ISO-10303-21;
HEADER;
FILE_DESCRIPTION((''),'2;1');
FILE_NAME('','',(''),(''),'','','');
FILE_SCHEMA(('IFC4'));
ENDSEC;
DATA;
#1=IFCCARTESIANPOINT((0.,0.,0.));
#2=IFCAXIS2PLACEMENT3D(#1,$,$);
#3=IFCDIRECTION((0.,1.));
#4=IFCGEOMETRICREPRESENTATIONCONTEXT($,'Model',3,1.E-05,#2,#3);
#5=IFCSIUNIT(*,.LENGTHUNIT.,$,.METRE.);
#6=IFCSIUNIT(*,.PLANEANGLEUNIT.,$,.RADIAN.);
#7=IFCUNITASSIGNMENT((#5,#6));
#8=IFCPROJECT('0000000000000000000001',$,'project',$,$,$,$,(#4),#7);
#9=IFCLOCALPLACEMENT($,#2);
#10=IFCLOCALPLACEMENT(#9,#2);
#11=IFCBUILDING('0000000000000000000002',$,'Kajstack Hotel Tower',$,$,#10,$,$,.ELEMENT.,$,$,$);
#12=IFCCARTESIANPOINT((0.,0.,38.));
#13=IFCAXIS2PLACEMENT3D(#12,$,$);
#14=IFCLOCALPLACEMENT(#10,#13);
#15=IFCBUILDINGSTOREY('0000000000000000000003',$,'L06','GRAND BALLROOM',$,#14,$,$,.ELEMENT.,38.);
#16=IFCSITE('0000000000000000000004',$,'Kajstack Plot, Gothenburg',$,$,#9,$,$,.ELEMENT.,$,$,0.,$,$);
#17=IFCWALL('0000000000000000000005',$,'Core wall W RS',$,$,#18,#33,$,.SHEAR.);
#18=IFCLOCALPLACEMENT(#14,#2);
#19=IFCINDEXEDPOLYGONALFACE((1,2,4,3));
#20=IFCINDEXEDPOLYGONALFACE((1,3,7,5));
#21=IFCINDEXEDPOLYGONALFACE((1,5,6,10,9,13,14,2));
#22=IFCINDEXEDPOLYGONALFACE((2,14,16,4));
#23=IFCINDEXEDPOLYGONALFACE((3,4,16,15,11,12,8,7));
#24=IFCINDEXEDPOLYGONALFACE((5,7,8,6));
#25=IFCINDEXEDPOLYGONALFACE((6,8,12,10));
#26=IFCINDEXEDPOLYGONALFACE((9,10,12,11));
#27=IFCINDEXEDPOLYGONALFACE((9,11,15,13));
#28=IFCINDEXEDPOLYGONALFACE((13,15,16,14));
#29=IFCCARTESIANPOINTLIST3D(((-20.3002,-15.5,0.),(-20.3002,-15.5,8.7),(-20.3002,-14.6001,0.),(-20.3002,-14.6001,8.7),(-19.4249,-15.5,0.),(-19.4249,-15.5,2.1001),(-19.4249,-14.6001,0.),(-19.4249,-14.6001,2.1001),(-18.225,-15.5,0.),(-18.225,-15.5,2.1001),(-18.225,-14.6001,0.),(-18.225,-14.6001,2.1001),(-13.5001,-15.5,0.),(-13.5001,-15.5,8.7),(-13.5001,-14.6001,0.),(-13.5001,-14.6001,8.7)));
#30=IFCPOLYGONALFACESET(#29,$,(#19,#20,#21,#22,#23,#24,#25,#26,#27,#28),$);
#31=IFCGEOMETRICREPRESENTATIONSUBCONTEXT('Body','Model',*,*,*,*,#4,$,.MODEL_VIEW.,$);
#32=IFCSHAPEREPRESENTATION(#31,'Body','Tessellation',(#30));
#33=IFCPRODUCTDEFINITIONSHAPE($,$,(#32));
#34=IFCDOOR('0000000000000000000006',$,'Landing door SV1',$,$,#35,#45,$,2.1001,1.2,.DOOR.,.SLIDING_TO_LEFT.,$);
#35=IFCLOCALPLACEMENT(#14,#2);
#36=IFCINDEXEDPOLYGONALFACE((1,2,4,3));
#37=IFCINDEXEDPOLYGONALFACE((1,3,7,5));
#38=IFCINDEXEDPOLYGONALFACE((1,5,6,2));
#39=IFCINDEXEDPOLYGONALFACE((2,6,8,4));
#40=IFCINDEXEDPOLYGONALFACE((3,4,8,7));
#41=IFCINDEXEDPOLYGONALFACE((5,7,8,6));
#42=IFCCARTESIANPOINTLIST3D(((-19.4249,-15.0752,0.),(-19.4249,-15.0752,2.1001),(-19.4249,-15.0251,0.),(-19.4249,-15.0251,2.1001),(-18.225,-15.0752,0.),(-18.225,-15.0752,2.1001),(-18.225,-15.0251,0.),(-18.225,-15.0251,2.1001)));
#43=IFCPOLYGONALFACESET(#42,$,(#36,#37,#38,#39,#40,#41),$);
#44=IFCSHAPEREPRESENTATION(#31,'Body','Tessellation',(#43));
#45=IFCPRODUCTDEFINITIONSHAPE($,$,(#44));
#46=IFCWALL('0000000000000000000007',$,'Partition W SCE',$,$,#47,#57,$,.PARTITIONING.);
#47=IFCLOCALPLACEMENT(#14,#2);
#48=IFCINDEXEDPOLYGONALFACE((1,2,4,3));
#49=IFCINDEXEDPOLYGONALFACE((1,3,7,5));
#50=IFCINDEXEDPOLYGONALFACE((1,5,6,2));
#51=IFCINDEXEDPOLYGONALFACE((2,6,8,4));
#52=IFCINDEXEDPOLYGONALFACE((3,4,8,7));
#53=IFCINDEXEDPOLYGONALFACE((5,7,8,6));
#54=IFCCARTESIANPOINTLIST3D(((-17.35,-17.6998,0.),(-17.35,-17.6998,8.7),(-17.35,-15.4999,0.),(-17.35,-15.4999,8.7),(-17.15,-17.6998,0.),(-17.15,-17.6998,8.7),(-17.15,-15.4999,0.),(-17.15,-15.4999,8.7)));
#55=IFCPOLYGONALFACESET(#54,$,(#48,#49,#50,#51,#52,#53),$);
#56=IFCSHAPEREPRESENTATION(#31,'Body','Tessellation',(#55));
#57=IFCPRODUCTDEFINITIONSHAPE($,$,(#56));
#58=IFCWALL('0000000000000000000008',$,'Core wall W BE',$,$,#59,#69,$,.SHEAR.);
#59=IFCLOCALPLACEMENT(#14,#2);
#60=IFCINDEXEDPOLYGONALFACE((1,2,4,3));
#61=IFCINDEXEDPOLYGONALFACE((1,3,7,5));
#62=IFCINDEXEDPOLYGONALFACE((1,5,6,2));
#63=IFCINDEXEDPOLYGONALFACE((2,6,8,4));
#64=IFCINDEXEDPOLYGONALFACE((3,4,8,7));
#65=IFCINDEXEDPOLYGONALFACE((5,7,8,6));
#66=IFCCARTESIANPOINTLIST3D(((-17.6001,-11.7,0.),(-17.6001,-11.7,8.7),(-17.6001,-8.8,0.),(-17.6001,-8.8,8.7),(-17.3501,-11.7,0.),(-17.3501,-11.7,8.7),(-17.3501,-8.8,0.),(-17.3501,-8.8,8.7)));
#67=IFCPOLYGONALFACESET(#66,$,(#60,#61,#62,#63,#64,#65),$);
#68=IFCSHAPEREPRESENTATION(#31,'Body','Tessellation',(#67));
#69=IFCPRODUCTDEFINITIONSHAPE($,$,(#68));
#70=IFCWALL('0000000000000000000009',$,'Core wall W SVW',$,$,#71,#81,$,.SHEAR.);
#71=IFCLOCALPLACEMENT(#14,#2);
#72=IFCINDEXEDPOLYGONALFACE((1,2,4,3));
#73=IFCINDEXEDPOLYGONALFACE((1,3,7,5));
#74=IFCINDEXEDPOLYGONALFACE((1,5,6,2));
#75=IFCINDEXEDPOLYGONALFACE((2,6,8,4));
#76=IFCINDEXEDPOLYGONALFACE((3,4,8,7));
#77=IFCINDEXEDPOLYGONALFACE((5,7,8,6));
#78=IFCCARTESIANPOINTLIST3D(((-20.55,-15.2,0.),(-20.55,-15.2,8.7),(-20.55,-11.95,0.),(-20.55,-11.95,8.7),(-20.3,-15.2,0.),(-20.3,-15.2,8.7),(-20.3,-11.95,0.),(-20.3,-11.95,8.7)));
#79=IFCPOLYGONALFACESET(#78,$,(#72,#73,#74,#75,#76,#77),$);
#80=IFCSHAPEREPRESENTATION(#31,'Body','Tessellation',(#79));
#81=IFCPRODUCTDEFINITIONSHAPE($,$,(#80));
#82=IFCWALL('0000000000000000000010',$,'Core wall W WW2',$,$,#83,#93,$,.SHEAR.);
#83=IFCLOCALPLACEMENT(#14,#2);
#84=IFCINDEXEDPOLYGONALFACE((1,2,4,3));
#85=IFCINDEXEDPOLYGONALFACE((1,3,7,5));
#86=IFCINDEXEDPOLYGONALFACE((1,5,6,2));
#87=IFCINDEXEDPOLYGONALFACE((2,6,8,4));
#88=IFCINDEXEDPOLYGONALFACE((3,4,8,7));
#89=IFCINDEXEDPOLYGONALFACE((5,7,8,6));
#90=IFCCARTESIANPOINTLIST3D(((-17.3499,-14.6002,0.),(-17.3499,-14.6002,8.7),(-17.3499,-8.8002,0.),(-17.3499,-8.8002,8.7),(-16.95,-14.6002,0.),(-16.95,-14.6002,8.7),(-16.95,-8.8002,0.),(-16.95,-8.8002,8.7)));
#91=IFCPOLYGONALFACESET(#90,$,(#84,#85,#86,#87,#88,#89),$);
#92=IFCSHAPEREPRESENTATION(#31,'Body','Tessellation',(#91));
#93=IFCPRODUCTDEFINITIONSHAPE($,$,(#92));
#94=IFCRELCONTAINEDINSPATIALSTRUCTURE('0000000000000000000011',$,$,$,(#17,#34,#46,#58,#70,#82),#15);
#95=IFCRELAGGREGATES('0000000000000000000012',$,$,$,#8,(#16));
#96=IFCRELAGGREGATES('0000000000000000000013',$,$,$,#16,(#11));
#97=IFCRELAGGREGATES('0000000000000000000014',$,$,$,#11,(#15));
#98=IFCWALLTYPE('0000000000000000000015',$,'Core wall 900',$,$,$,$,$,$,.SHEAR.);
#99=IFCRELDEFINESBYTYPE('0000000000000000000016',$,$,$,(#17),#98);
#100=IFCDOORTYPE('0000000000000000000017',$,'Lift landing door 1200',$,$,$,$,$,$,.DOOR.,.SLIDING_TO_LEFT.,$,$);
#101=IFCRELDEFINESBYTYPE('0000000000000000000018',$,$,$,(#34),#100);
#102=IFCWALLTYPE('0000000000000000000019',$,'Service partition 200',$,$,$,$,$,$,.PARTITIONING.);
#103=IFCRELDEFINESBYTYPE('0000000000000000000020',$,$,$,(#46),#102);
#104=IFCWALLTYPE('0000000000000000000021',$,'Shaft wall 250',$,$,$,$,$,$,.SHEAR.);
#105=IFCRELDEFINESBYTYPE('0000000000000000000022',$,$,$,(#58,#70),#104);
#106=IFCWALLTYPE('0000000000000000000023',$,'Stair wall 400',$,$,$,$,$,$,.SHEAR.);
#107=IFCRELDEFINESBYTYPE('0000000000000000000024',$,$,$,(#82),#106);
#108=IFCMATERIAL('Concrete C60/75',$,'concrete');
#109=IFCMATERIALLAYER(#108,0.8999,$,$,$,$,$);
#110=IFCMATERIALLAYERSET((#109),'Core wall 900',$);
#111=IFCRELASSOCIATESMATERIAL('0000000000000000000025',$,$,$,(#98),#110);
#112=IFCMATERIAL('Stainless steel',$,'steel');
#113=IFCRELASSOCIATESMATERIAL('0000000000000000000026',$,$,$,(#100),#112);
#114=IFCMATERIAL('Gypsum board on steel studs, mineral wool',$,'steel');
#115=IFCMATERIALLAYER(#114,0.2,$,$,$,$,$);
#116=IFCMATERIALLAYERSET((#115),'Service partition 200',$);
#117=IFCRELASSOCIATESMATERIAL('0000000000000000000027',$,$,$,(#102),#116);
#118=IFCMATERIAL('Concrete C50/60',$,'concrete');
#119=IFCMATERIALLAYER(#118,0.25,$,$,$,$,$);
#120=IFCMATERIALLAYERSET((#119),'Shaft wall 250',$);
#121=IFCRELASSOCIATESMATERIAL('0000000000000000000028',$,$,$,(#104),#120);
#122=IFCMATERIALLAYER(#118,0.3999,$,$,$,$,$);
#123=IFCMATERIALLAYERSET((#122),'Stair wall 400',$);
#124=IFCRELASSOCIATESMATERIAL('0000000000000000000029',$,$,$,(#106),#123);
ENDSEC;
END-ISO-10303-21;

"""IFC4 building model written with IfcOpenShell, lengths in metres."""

from ifc_helpers import new_model, si_unit, direction, frame, frame_2d, origin, place, context, subcontext, project, spatial, rectangle, extrude, material, layer, layer_set, type_object, element, fill, save


model = new_model("IFC4")

# Units and contexts
model_context = context("Model", 3, precision=1e-05, world=origin(), true_north=direction((0.0, 1.0)))
body_context = subcontext(model_context, "Body", "Model", "MODEL_VIEW")
ifc_project = project(units=[si_unit("LENGTHUNIT", "METRE"), si_unit("PLANEANGLEUNIT", "RADIAN")], contexts=[model_context])

# Site, building, storey
site_placement = place(None, origin())
site = spatial("IfcSite", under=ifc_project, at=site_placement, Name="Kajstack Plot, Gothenburg", CompositionType="ELEMENT", RefElevation=0.0)
building_placement = place(site_placement, origin())
building = spatial("IfcBuilding", under=site, at=building_placement, Name="Kajstack Hotel Tower", CompositionType="ELEMENT")
storey_placement = place(building_placement, frame((0.0, 0.0, 38.0)))
storey = spatial("IfcBuildingStorey", under=building, at=storey_placement, Name="L06", Description="GRAND BALLROOM", CompositionType="ELEMENT", Elevation=38.0)

# Wall, opening, door
ifc_material_1 = material(Name="Concrete C60/75", Category="concrete")
ifc_layer_1 = layer(ifc_material_1, 0.8999)
ifc_layer_set_1 = layer_set([ifc_layer_1], Name="Core wall 900")
wall_type_1 = type_object("IfcWallType", Name="Core wall 900", PredefinedType="SHEAR", material=ifc_layer_set_1)
wall_1_placement = place(storey_placement, frame((-20.3, -15.05, 0.0), z_axis=(0.0, 0.0, 1.0), x_axis=(1.0, 0.0, 0.0)))
wall_1 = element("IfcWall", 1, at=wall_1_placement, inside=storey, type_object=wall_type_1, Name="Core wall W RS", PredefinedType="SHEAR", context=body_context, shape_type="SweptSolid", body=[
    extrude(rectangle(XDim=6.8, YDim=0.8999, at=frame_2d((3.3999, 0.0))), origin(), (0.0, 0.0, 1.0), 8.7),
])
opening_placement = place(wall_1_placement, frame((0.875, 0.0, 0.0)))
opening = element("IfcOpeningElement", 2, at=opening_placement, cuts=wall_1, PredefinedType="OPENING", context=body_context, shape_type="SweptSolid", body=[
    extrude(rectangle(XDim=1.2, YDim=2.1001, at=frame_2d((0.6001, 1.05))), frame((0.0, 0.46, 0.0), z_axis=(0.0, -1.0, 0.0), x_axis=(1.0, 0.0, 0.0)), (0.0, 0.0, 1.0), 0.9199),
])
ifc_material_2 = material(Name="Stainless steel", Category="steel")
door_type = type_object("IfcDoorType", Name="Lift landing door 1200", OperationType="SLIDING_TO_LEFT", PredefinedType="DOOR", material=ifc_material_2)
door_placement = place(opening_placement, origin())
door = element("IfcDoor", 3, at=door_placement, inside=storey, type_object=door_type, Name="Landing door SV1", OperationType="SLIDING_TO_LEFT", OverallHeight=2.1001, OverallWidth=1.2, PredefinedType="DOOR", context=body_context, shape_type="SweptSolid", body=[
    extrude(rectangle(XDim=1.2, YDim=2.1001, at=frame_2d((0.6001, 1.05))), frame((0.0, 0.0249, 0.0), z_axis=(0.0, -1.0, 0.0), x_axis=(1.0, 0.0, 0.0)), (0.0, 0.0, 1.0), 0.05),
])
fill(opening, door)

# Walls
ifc_material_3 = material(Name="Gypsum board on steel studs, mineral wool", Category="steel")
ifc_layer_2 = layer(ifc_material_3, 0.2)
ifc_layer_set_2 = layer_set([ifc_layer_2], Name="Service partition 200")
wall_type_2 = type_object("IfcWallType", Name="Service partition 200", PredefinedType="PARTITIONING", material=ifc_layer_set_2)
wall_2_placement = place(storey_placement, frame((-17.25, -17.7, 0.0), z_axis=(0.0, 0.0, 1.0), x_axis=(0.0, 1.0, 0.0)))
element("IfcWall", 4, at=wall_2_placement, inside=storey, type_object=wall_type_2, Name="Partition W SCE", PredefinedType="PARTITIONING", context=body_context, shape_type="SweptSolid", body=[
    extrude(rectangle(XDim=2.2, YDim=0.2, at=frame_2d((1.1001, 0.0))), origin(), (0.0, 0.0, 1.0), 8.7),
])
ifc_material_4 = material(Name="Concrete C50/60", Category="concrete")
ifc_layer_3 = layer(ifc_material_4, 0.25)
ifc_layer_set_3 = layer_set([ifc_layer_3], Name="Shaft wall 250")
wall_type_3 = type_object("IfcWallType", Name="Shaft wall 250", PredefinedType="SHEAR", material=ifc_layer_set_3)
wall_3_placement = place(storey_placement, frame((-17.4751, -11.7, 0.0), z_axis=(0.0, 0.0, 1.0), x_axis=(0.0, 1.0, 0.0)))
element("IfcWall", 5, at=wall_3_placement, inside=storey, type_object=wall_type_3, Name="Core wall W BE", PredefinedType="SHEAR", context=body_context, shape_type="SweptSolid", body=[
    extrude(rectangle(XDim=2.8999, YDim=0.25, at=frame_2d((1.45, 0.0))), origin(), (0.0, 0.0, 1.0), 8.7),
])
wall_4_placement = place(storey_placement, frame((-20.425, -15.2, 0.0), z_axis=(0.0, 0.0, 1.0), x_axis=(0.0, 1.0, 0.0)))
element("IfcWall", 6, at=wall_4_placement, inside=storey, type_object=wall_type_3, Name="Core wall W SVW", PredefinedType="SHEAR", context=body_context, shape_type="SweptSolid", body=[
    extrude(rectangle(XDim=3.25, YDim=0.25, at=frame_2d((1.625, 0.0))), origin(), (0.0, 0.0, 1.0), 8.7),
])
ifc_layer_4 = layer(ifc_material_4, 0.3999)
ifc_layer_set_4 = layer_set([ifc_layer_4], Name="Stair wall 400")
wall_type_4 = type_object("IfcWallType", Name="Stair wall 400", PredefinedType="SHEAR", material=ifc_layer_set_4)
wall_5_placement = place(storey_placement, frame((-17.1499, -14.6001, 0.0), z_axis=(0.0, 0.0, 1.0), x_axis=(0.0, 1.0, 0.0)))
element("IfcWall", 7, at=wall_5_placement, inside=storey, type_object=wall_type_4, Name="Core wall W WW2", PredefinedType="SHEAR", context=body_context, shape_type="SweptSolid", body=[
    extrude(rectangle(XDim=5.8, YDim=0.3999, at=frame_2d((2.8999, 0.0))), origin(), (0.0, 0.0, 1.0), 8.7),
])

save(model, "model.ifc")
